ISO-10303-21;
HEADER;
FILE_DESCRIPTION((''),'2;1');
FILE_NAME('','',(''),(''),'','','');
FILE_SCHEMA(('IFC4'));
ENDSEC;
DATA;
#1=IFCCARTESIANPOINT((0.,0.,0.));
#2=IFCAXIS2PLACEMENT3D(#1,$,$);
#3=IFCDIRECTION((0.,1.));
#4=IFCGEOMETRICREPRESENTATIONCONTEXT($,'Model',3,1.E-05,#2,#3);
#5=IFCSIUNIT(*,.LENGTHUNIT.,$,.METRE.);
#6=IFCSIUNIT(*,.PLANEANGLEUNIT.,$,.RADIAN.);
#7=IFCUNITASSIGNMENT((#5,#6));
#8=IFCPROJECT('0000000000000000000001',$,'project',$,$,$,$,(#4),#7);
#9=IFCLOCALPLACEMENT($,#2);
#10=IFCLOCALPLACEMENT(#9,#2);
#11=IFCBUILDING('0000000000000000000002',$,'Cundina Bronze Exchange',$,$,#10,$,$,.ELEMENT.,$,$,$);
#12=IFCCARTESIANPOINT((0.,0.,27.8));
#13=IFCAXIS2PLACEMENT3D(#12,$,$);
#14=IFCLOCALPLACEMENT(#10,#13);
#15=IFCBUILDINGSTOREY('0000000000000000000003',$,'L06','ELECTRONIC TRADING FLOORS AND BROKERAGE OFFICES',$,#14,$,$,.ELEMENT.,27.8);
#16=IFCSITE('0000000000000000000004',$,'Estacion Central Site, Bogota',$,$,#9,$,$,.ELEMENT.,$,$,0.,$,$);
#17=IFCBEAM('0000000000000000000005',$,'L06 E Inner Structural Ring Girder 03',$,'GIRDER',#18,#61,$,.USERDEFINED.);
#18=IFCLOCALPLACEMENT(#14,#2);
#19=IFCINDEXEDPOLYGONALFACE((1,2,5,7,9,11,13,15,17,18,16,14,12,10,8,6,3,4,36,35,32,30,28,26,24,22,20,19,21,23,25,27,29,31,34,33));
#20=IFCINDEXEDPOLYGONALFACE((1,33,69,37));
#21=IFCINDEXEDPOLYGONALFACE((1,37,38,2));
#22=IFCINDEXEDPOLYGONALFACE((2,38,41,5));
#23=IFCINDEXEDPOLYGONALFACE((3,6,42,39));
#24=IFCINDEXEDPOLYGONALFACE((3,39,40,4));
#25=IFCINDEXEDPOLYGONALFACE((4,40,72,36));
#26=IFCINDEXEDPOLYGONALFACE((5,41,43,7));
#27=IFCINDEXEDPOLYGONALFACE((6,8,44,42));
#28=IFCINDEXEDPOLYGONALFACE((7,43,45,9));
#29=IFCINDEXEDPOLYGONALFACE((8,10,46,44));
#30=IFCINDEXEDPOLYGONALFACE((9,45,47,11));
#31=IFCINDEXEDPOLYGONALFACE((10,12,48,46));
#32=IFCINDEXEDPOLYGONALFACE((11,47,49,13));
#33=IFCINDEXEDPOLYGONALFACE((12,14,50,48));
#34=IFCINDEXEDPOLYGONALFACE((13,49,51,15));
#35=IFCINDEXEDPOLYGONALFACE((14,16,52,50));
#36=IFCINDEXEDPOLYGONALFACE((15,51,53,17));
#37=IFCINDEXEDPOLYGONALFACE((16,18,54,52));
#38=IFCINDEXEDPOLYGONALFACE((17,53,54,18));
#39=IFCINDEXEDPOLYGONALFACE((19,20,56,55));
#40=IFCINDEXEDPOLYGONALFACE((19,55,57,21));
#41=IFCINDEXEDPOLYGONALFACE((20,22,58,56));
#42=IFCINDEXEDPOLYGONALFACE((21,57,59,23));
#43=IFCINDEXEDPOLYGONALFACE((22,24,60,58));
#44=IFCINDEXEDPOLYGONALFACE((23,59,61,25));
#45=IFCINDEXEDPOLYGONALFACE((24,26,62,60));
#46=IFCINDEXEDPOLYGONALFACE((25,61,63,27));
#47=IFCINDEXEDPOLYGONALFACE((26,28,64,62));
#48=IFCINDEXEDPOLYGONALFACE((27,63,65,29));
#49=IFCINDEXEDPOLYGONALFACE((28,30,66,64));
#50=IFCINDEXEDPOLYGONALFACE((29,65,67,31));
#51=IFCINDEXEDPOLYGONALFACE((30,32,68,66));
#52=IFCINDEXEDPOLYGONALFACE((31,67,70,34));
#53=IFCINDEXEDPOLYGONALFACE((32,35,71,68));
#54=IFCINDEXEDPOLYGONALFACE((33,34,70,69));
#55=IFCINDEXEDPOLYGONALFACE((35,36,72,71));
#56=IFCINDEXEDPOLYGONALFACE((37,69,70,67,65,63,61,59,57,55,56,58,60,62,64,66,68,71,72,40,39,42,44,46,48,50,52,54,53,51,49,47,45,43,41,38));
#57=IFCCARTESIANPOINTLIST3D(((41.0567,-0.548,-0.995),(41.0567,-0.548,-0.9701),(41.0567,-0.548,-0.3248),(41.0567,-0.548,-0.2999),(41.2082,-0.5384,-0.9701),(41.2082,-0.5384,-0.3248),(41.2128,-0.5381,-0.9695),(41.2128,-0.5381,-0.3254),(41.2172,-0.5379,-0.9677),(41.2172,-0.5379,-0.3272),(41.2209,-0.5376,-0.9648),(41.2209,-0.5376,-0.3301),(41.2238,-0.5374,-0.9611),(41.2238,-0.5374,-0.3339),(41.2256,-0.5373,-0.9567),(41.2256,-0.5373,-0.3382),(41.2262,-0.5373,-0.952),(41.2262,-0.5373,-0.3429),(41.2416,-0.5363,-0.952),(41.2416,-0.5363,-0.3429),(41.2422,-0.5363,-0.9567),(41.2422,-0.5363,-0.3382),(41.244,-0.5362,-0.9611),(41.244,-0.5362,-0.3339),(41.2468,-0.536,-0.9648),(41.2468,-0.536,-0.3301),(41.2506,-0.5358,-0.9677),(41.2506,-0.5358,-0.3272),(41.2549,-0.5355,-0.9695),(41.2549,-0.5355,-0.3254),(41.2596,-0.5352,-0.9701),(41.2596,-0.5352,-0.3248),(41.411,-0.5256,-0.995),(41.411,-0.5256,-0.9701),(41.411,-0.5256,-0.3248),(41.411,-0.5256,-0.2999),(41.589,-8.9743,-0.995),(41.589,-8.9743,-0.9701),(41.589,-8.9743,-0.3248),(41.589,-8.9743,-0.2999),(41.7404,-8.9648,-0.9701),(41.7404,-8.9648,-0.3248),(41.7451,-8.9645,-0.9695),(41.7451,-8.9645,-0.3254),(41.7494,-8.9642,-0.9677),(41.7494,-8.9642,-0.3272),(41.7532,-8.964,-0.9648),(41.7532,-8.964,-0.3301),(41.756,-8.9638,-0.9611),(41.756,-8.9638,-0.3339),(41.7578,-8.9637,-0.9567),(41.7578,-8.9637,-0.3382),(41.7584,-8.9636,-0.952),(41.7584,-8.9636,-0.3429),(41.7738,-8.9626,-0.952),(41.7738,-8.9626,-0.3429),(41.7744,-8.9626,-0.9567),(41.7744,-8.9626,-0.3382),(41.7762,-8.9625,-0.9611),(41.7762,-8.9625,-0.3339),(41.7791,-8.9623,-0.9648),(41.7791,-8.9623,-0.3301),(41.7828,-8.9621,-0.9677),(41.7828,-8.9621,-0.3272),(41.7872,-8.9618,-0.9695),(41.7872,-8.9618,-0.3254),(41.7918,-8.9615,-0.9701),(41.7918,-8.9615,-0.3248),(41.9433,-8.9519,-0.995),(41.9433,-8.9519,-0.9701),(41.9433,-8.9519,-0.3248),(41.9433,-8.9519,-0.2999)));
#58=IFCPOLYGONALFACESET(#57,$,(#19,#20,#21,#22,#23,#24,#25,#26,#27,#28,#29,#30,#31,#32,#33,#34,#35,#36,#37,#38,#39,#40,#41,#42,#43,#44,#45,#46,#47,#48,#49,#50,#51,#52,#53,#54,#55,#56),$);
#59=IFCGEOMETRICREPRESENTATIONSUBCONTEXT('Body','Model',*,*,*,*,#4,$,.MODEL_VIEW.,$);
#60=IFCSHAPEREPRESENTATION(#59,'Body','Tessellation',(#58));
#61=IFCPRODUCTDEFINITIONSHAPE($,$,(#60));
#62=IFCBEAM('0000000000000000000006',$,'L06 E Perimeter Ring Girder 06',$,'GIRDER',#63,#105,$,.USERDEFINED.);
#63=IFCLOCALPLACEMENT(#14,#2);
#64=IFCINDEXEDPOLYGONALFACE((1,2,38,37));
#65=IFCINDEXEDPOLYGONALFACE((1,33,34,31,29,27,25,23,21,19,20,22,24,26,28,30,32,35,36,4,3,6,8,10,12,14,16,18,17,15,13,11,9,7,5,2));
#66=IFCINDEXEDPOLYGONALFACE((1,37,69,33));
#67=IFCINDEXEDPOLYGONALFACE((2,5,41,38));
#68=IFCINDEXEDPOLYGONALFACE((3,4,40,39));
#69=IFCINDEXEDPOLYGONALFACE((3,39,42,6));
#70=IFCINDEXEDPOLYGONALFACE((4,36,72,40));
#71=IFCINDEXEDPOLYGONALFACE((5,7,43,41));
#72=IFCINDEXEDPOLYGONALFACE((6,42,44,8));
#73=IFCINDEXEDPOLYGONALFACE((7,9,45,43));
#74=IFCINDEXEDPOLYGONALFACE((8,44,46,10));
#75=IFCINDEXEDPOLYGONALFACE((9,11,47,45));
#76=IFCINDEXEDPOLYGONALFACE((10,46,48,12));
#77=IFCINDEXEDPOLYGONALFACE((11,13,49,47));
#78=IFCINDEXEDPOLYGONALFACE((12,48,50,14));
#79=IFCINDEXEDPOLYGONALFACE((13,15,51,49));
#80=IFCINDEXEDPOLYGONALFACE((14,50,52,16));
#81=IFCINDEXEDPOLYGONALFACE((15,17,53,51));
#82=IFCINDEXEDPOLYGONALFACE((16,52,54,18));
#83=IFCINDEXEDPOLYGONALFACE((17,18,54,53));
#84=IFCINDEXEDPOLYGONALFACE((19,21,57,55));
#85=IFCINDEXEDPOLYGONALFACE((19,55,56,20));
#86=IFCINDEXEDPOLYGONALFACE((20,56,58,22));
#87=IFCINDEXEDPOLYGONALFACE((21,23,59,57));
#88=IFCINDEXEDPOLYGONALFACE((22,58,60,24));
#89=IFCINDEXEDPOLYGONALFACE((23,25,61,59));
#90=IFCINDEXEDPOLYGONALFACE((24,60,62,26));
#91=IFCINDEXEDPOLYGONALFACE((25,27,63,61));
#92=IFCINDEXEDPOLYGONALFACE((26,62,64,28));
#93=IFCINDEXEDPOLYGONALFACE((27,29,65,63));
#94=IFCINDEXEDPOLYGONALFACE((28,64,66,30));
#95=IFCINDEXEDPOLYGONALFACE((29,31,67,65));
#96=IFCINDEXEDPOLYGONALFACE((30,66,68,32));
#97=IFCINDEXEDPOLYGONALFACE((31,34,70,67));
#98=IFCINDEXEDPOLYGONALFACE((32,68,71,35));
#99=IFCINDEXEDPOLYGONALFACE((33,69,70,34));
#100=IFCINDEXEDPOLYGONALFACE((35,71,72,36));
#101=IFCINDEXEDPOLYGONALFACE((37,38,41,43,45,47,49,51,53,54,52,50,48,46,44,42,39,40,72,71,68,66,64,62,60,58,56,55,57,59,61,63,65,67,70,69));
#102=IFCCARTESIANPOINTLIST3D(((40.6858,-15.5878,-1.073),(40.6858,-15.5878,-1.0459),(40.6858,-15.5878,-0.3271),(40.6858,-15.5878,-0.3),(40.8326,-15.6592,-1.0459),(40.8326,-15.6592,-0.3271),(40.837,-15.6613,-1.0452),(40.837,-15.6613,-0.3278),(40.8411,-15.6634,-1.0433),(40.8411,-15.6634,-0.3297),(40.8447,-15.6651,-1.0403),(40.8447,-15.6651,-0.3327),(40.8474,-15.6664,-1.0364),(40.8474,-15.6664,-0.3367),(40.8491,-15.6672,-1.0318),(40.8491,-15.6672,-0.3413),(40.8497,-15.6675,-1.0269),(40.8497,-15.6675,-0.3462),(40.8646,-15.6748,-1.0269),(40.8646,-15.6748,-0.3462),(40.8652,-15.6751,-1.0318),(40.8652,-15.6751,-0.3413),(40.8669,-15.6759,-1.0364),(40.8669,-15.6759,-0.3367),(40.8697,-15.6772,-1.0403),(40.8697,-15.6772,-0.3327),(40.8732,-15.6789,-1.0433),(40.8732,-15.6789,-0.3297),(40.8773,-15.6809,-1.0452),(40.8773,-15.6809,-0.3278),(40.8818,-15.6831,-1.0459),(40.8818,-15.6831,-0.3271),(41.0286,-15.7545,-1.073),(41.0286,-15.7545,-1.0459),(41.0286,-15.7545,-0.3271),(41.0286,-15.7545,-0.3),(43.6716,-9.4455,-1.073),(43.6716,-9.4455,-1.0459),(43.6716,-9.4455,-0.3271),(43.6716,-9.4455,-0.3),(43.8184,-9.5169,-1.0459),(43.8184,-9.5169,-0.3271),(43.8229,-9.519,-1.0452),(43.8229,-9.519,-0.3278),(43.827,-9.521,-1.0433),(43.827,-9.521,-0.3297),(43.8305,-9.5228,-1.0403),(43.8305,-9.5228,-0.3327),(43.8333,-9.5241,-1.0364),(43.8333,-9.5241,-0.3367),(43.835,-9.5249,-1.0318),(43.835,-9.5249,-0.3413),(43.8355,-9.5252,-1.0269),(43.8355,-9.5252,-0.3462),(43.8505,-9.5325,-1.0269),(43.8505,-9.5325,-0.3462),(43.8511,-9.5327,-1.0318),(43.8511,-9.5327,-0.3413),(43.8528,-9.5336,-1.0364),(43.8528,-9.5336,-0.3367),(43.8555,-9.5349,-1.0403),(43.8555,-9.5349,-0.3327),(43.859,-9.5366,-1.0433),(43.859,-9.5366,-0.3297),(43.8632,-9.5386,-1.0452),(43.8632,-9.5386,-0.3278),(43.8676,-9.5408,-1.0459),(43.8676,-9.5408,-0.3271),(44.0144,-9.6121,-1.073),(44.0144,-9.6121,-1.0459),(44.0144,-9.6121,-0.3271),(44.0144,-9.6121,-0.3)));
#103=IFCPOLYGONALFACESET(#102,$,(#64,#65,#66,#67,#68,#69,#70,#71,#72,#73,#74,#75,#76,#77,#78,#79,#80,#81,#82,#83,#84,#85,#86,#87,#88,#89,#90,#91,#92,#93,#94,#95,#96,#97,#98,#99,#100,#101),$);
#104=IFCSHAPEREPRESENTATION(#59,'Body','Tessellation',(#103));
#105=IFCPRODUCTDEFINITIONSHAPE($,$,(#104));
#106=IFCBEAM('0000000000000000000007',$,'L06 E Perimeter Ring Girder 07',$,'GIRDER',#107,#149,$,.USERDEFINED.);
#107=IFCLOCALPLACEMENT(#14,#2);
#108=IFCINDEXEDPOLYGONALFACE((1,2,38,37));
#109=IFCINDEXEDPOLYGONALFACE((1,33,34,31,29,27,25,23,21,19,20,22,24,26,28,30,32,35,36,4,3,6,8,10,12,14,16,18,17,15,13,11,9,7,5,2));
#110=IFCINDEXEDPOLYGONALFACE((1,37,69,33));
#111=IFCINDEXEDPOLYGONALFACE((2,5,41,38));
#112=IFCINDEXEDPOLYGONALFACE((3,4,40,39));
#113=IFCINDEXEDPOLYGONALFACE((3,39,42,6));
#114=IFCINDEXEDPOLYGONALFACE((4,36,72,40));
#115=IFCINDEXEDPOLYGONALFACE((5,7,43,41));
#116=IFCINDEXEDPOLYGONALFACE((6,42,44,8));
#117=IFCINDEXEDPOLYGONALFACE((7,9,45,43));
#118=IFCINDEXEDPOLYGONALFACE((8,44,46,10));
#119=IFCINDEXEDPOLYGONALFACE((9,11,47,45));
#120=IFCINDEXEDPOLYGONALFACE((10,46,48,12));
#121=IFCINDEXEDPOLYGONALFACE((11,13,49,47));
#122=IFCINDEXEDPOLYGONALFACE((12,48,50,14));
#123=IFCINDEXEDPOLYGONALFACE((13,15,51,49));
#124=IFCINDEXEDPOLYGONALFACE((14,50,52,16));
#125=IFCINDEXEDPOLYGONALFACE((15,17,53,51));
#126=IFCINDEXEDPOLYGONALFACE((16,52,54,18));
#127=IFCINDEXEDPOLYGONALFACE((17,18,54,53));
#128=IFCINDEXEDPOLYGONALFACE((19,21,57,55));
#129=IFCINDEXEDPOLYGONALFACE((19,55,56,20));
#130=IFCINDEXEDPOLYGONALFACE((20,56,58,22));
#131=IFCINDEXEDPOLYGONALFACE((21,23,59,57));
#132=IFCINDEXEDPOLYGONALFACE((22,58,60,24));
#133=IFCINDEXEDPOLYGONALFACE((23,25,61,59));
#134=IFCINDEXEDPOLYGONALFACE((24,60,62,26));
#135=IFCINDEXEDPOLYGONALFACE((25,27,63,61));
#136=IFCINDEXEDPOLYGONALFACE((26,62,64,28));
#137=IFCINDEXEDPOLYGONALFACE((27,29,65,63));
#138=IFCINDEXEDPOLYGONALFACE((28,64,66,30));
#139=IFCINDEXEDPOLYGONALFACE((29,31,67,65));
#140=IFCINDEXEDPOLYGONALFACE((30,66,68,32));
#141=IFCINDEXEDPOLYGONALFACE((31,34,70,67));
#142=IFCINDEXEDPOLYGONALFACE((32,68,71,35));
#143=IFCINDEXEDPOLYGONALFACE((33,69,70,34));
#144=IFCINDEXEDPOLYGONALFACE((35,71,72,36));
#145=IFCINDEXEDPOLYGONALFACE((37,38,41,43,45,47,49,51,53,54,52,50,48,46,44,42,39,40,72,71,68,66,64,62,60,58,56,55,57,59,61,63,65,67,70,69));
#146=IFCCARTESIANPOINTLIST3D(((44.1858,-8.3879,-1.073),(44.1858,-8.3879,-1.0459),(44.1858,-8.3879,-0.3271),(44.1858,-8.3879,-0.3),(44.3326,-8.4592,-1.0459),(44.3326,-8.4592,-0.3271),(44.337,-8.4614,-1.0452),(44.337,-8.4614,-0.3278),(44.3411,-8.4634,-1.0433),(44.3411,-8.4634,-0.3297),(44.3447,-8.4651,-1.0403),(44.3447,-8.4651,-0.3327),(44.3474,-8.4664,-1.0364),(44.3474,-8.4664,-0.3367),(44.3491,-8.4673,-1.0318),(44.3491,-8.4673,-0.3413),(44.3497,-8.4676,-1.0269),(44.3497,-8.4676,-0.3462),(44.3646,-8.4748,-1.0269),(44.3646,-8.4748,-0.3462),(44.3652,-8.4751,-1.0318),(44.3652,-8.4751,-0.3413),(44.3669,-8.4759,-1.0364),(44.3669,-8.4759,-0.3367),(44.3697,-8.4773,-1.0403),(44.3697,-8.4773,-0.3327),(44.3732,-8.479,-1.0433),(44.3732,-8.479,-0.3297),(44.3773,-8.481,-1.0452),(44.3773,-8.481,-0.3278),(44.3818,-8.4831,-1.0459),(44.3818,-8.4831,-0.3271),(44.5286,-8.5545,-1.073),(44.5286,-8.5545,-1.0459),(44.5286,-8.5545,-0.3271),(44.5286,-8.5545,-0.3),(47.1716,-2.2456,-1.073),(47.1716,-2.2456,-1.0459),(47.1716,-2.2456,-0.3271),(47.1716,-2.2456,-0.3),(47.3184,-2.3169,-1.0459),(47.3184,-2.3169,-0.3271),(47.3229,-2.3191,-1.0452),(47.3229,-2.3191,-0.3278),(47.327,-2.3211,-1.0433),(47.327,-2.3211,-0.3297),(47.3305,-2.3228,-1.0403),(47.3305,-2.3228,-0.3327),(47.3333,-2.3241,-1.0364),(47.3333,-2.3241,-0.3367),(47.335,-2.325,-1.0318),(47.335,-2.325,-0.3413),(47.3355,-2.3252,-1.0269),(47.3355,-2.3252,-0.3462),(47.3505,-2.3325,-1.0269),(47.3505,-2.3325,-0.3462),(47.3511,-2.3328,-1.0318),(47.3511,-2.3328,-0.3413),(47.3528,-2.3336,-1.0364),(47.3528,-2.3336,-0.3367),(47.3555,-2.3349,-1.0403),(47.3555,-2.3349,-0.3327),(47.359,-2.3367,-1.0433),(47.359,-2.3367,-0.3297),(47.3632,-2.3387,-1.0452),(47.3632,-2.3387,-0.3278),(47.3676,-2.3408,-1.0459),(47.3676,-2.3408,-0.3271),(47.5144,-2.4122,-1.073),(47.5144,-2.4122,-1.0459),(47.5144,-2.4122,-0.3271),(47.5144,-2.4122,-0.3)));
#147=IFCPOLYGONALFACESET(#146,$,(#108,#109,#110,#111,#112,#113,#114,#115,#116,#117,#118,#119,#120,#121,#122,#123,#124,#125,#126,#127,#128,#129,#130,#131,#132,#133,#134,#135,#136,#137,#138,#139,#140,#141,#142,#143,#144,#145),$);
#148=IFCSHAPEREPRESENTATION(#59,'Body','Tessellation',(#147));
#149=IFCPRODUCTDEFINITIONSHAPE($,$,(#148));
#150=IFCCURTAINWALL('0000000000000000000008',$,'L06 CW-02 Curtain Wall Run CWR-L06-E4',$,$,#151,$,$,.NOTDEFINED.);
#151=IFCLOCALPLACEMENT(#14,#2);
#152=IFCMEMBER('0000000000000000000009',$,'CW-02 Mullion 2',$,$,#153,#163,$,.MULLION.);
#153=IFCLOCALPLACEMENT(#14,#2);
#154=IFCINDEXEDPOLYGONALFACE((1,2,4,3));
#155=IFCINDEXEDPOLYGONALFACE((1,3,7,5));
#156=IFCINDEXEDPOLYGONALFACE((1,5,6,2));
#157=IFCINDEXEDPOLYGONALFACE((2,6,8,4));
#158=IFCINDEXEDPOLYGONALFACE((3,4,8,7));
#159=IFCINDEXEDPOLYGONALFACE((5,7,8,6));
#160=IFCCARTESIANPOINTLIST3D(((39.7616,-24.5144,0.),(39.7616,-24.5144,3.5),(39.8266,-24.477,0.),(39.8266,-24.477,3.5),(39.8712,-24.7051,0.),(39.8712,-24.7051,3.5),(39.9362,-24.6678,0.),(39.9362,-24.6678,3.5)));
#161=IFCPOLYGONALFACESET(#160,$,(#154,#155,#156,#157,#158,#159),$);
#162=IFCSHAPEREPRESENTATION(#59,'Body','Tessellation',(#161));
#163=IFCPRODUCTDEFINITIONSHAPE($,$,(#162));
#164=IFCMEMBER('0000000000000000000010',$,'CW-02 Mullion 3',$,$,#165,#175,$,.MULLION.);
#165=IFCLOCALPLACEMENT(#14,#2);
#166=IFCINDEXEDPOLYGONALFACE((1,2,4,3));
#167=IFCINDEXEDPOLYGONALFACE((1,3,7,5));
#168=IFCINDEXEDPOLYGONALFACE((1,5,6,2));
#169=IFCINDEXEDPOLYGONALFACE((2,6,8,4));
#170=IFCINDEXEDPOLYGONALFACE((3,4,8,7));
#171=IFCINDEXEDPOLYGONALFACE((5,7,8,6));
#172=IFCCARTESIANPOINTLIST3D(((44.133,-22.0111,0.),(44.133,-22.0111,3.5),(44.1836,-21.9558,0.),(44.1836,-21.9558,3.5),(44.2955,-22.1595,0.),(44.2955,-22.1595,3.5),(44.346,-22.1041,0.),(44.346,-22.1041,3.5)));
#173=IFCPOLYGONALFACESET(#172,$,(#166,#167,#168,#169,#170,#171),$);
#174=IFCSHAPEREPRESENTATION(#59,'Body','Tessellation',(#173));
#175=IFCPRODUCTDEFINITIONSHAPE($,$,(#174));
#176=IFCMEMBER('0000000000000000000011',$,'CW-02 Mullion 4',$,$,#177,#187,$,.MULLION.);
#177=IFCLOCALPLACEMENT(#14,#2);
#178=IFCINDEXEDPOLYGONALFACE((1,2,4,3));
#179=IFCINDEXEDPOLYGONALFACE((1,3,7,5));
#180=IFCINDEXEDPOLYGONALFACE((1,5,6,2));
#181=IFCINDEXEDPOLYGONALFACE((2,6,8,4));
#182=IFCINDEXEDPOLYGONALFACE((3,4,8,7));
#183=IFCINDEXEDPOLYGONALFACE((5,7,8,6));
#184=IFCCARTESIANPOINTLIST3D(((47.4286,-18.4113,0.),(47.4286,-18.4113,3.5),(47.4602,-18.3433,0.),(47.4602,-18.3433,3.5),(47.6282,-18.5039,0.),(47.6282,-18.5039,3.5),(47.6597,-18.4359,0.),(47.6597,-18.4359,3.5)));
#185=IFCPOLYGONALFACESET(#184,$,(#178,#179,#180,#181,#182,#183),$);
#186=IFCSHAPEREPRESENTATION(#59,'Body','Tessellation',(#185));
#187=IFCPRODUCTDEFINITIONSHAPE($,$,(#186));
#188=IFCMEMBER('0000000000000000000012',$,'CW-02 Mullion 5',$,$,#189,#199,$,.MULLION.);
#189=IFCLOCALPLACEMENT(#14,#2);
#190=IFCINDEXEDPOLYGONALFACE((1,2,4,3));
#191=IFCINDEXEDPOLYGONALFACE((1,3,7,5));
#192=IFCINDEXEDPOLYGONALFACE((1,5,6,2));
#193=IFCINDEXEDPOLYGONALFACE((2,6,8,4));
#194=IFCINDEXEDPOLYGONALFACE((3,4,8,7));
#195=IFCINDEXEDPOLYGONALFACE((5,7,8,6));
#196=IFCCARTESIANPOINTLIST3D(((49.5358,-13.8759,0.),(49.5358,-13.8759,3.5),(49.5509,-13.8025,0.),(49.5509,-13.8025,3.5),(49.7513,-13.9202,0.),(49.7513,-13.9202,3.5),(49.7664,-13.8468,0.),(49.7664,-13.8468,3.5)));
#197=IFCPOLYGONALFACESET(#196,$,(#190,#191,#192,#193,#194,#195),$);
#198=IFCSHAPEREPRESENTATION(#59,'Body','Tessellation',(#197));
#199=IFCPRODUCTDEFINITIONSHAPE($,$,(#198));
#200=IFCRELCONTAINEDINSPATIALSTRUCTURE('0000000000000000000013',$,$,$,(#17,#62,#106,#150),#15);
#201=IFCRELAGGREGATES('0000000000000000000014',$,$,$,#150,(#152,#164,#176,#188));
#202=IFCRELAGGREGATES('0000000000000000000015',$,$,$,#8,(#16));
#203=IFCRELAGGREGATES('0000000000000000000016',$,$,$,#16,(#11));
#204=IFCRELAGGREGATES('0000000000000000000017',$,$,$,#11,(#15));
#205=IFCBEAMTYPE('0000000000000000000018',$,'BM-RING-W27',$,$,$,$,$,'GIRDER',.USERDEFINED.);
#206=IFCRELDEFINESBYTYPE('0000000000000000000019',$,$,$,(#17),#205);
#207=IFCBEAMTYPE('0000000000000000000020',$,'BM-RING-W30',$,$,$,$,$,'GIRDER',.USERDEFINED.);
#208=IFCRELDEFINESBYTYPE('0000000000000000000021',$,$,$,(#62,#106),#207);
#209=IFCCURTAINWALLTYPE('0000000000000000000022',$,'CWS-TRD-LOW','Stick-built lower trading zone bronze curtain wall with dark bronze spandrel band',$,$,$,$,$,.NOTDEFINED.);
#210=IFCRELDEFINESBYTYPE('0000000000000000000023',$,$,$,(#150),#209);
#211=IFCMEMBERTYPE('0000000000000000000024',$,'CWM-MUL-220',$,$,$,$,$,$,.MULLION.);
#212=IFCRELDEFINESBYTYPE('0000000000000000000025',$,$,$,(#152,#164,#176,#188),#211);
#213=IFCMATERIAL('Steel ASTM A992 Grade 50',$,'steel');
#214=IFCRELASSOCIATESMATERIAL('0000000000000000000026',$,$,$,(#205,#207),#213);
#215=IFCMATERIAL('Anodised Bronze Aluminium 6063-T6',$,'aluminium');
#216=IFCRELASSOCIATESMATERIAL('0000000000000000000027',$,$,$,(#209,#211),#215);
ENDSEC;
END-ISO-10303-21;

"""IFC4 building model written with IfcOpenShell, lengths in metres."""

from ifc_helpers import new_model, si_unit, direction, frame, origin, origin_2d, place, context, subcontext, project, spatial, rectangle, i_section, extrude, material, material_profile, profile_set, type_object, element, aggregate, save


model = new_model("IFC4")

# Units and contexts
model_context = context("Model", 3, precision=1e-05, world=origin(), true_north=direction((0.0, 1.0)))
body_context = subcontext(model_context, "Body", "Model", "MODEL_VIEW")
ifc_project = project(units=[si_unit("LENGTHUNIT", "METRE"), si_unit("PLANEANGLEUNIT", "RADIAN")], contexts=[model_context])

# Site, building, storey
site_placement = place(None, origin())
site = spatial("IfcSite", under=ifc_project, at=site_placement, Name="Estacion Central Site, Bogota", CompositionType="ELEMENT", RefElevation=0.0)
building_placement = place(site_placement, origin())
building = spatial("IfcBuilding", under=site, at=building_placement, Name="Cundina Bronze Exchange", CompositionType="ELEMENT")
storey_placement = place(building_placement, frame((0.0, 0.0, 27.8)))
storey = spatial("IfcBuildingStorey", under=building, at=storey_placement, Name="L06", Description="ELECTRONIC TRADING FLOORS AND BROKERAGE OFFICES", CompositionType="ELEMENT", Elevation=27.8)

# Beams
ifc_material_1 = material(Name="Steel ASTM A992 Grade 50", Category="steel")
ifc_material_profile_1 = material_profile(ifc_material_1, i_section(OverallWidth=0.355, OverallDepth=0.6951, WebThickness=0.0154, FlangeThickness=0.0249, FilletRadius=0.0181, at=origin_2d()), Name="W27X146", Category="steel")
ifc_profile_set_1 = profile_set([ifc_material_profile_1], Name="Steel ASTM A992 Grade 50")
beam_type_1 = type_object("IfcBeamType", Name="BM-RING-W27", ElementType="GIRDER", PredefinedType="USERDEFINED", material=ifc_profile_set_1)
beam_1_placement = place(storey_placement, frame((41.7661, -8.9631, -0.6475), z_axis=(-0.063037, 0.998011, 0.0), x_axis=(-0.998011, -0.063037, 0.0)))
element("IfcBeam", 1, at=beam_1_placement, inside=storey, type_object=beam_type_1, Name="L06 E Inner Structural Ring Girder 03", ObjectType="GIRDER", PredefinedType="USERDEFINED", context=body_context, shape_type="SweptSolid", body=[
    extrude(i_section(OverallWidth=0.355, OverallDepth=0.6951, WebThickness=0.0154, FlangeThickness=0.0249, FilletRadius=0.0181, at=origin_2d()), origin(), (0.0, 0.0, 1.0), 8.4431),
])
ifc_material_profile_2 = material_profile(ifc_material_1, i_section(OverallWidth=0.3811, OverallDepth=0.7729, WebThickness=0.0166, FlangeThickness=0.0271, FilletRadius=0.019, at=origin_2d()), Name="W30X173", Category="steel")
ifc_profile_set_2 = profile_set([ifc_material_profile_2], Name="Steel ASTM A992 Grade 50")
beam_type_2 = type_object("IfcBeamType", Name="BM-RING-W30", ElementType="GIRDER", PredefinedType="USERDEFINED", material=ifc_profile_set_2)
for number, where, z_axis, x_axis, name in (
    (2, (40.8572, -15.6711, -0.6865), (0.437191, 0.899369, 0.0), (-0.899369, 0.437191, 0.0), "L06 E Perimeter Ring Girder 06"),
    (3, (44.3572, -8.4712, -0.6865), (0.437191, 0.899369, 0.0), (-0.899369, 0.437191, 0.0), "L06 E Perimeter Ring Girder 07"),
):
    element("IfcBeam", number, at=place(storey_placement, frame(where, z_axis=z_axis, x_axis=x_axis)), inside=storey, type_object=beam_type_2, Name=name, ObjectType="GIRDER", PredefinedType="USERDEFINED", context=body_context, shape_type="SweptSolid", body=[
        extrude(i_section(OverallWidth=0.3811, OverallDepth=0.7729, WebThickness=0.0166, FlangeThickness=0.0271, FilletRadius=0.019, at=origin_2d()), origin(), (0.0, 0.0, 1.0), 6.8296),
    ])

# Curtain wall, members
ifc_material_2 = material(Name="Anodised Bronze Aluminium 6063-T6", Category="aluminium")
curtain_wall_type = type_object("IfcCurtainWallType", Name="CWS-TRD-LOW", Description="Stick-built lower trading zone bronze curtain wall with dark bronze spandrel band", PredefinedType="NOTDEFINED", material=ifc_material_2)
curtain_wall_placement = place(storey_placement, origin())
curtain_wall = element("IfcCurtainWall", 4, at=curtain_wall_placement, inside=storey, type_object=curtain_wall_type, Name="L06 CW-02 Curtain Wall Run CWR-L06-E4", PredefinedType="NOTDEFINED")
ifc_material_profile_3 = material_profile(ifc_material_2, rectangle(XDim=0.075, YDim=0.22, at=origin_2d()), Name="AL75X220", Category="aluminium")
ifc_profile_set_3 = profile_set([ifc_material_profile_3], Name="Anodised Bronze Aluminium 6063-T6")
member_type_1 = type_object("IfcMemberType", Name="CWM-MUL-220", PredefinedType="MULLION", material=ifc_profile_set_3)
member_1_placement = place(storey_placement, frame((39.8489, -24.5911, 0.0), z_axis=(0.0, 0.0, 1.0), x_axis=(0.867071, 0.498185, 0.0)))
member_1 = element("IfcMember", 5, at=member_1_placement, type_object=member_type_1, Name="CW-02 Mullion 2", PredefinedType="MULLION", context=body_context, shape_type="SweptSolid", body=[
    extrude(rectangle(XDim=0.075, YDim=0.22, at=origin_2d()), origin(), (0.0, 0.0, 1.0), 3.5),
])
member_2_placement = place(storey_placement, frame((44.2395, -22.0576, 0.0), z_axis=(0.0, 0.0, 1.0), x_axis=(0.674302, 0.738455, 0.0)))
member_2 = element("IfcMember", 6, at=member_2_placement, type_object=member_type_1, Name="CW-02 Mullion 3", PredefinedType="MULLION", context=body_context, shape_type="SweptSolid", body=[
    extrude(rectangle(XDim=0.075, YDim=0.22, at=origin_2d()), origin(), (0.0, 0.0, 1.0), 3.5),
])
member_3_placement = place(storey_placement, frame((47.5442, -18.4236, 0.0), z_axis=(0.0, 0.0, 1.0), x_axis=(0.420877, 0.907117, 0.0)))
member_3 = element("IfcMember", 7, at=member_3_placement, type_object=member_type_1, Name="CW-02 Mullion 4", PredefinedType="MULLION", context=body_context, shape_type="SweptSolid", body=[
    extrude(rectangle(XDim=0.075, YDim=0.22, at=origin_2d()), origin(), (0.0, 0.0, 1.0), 3.5),
])
member_4_placement = place(storey_placement, frame((49.6511, -13.8613, 0.0), z_axis=(0.0, 0.0, 1.0), x_axis=(0.20142, 0.979505, 0.0)))
member_4 = element("IfcMember", 8, at=member_4_placement, type_object=member_type_1, Name="CW-02 Mullion 5", PredefinedType="MULLION", context=body_context, shape_type="SweptSolid", body=[
    extrude(rectangle(XDim=0.075, YDim=0.22, at=origin_2d()), origin(), (0.0, 0.0, 1.0), 3.5),
])
aggregate(curtain_wall, [member_1, member_2, member_3, member_4])

save(model, "model.ifc")
